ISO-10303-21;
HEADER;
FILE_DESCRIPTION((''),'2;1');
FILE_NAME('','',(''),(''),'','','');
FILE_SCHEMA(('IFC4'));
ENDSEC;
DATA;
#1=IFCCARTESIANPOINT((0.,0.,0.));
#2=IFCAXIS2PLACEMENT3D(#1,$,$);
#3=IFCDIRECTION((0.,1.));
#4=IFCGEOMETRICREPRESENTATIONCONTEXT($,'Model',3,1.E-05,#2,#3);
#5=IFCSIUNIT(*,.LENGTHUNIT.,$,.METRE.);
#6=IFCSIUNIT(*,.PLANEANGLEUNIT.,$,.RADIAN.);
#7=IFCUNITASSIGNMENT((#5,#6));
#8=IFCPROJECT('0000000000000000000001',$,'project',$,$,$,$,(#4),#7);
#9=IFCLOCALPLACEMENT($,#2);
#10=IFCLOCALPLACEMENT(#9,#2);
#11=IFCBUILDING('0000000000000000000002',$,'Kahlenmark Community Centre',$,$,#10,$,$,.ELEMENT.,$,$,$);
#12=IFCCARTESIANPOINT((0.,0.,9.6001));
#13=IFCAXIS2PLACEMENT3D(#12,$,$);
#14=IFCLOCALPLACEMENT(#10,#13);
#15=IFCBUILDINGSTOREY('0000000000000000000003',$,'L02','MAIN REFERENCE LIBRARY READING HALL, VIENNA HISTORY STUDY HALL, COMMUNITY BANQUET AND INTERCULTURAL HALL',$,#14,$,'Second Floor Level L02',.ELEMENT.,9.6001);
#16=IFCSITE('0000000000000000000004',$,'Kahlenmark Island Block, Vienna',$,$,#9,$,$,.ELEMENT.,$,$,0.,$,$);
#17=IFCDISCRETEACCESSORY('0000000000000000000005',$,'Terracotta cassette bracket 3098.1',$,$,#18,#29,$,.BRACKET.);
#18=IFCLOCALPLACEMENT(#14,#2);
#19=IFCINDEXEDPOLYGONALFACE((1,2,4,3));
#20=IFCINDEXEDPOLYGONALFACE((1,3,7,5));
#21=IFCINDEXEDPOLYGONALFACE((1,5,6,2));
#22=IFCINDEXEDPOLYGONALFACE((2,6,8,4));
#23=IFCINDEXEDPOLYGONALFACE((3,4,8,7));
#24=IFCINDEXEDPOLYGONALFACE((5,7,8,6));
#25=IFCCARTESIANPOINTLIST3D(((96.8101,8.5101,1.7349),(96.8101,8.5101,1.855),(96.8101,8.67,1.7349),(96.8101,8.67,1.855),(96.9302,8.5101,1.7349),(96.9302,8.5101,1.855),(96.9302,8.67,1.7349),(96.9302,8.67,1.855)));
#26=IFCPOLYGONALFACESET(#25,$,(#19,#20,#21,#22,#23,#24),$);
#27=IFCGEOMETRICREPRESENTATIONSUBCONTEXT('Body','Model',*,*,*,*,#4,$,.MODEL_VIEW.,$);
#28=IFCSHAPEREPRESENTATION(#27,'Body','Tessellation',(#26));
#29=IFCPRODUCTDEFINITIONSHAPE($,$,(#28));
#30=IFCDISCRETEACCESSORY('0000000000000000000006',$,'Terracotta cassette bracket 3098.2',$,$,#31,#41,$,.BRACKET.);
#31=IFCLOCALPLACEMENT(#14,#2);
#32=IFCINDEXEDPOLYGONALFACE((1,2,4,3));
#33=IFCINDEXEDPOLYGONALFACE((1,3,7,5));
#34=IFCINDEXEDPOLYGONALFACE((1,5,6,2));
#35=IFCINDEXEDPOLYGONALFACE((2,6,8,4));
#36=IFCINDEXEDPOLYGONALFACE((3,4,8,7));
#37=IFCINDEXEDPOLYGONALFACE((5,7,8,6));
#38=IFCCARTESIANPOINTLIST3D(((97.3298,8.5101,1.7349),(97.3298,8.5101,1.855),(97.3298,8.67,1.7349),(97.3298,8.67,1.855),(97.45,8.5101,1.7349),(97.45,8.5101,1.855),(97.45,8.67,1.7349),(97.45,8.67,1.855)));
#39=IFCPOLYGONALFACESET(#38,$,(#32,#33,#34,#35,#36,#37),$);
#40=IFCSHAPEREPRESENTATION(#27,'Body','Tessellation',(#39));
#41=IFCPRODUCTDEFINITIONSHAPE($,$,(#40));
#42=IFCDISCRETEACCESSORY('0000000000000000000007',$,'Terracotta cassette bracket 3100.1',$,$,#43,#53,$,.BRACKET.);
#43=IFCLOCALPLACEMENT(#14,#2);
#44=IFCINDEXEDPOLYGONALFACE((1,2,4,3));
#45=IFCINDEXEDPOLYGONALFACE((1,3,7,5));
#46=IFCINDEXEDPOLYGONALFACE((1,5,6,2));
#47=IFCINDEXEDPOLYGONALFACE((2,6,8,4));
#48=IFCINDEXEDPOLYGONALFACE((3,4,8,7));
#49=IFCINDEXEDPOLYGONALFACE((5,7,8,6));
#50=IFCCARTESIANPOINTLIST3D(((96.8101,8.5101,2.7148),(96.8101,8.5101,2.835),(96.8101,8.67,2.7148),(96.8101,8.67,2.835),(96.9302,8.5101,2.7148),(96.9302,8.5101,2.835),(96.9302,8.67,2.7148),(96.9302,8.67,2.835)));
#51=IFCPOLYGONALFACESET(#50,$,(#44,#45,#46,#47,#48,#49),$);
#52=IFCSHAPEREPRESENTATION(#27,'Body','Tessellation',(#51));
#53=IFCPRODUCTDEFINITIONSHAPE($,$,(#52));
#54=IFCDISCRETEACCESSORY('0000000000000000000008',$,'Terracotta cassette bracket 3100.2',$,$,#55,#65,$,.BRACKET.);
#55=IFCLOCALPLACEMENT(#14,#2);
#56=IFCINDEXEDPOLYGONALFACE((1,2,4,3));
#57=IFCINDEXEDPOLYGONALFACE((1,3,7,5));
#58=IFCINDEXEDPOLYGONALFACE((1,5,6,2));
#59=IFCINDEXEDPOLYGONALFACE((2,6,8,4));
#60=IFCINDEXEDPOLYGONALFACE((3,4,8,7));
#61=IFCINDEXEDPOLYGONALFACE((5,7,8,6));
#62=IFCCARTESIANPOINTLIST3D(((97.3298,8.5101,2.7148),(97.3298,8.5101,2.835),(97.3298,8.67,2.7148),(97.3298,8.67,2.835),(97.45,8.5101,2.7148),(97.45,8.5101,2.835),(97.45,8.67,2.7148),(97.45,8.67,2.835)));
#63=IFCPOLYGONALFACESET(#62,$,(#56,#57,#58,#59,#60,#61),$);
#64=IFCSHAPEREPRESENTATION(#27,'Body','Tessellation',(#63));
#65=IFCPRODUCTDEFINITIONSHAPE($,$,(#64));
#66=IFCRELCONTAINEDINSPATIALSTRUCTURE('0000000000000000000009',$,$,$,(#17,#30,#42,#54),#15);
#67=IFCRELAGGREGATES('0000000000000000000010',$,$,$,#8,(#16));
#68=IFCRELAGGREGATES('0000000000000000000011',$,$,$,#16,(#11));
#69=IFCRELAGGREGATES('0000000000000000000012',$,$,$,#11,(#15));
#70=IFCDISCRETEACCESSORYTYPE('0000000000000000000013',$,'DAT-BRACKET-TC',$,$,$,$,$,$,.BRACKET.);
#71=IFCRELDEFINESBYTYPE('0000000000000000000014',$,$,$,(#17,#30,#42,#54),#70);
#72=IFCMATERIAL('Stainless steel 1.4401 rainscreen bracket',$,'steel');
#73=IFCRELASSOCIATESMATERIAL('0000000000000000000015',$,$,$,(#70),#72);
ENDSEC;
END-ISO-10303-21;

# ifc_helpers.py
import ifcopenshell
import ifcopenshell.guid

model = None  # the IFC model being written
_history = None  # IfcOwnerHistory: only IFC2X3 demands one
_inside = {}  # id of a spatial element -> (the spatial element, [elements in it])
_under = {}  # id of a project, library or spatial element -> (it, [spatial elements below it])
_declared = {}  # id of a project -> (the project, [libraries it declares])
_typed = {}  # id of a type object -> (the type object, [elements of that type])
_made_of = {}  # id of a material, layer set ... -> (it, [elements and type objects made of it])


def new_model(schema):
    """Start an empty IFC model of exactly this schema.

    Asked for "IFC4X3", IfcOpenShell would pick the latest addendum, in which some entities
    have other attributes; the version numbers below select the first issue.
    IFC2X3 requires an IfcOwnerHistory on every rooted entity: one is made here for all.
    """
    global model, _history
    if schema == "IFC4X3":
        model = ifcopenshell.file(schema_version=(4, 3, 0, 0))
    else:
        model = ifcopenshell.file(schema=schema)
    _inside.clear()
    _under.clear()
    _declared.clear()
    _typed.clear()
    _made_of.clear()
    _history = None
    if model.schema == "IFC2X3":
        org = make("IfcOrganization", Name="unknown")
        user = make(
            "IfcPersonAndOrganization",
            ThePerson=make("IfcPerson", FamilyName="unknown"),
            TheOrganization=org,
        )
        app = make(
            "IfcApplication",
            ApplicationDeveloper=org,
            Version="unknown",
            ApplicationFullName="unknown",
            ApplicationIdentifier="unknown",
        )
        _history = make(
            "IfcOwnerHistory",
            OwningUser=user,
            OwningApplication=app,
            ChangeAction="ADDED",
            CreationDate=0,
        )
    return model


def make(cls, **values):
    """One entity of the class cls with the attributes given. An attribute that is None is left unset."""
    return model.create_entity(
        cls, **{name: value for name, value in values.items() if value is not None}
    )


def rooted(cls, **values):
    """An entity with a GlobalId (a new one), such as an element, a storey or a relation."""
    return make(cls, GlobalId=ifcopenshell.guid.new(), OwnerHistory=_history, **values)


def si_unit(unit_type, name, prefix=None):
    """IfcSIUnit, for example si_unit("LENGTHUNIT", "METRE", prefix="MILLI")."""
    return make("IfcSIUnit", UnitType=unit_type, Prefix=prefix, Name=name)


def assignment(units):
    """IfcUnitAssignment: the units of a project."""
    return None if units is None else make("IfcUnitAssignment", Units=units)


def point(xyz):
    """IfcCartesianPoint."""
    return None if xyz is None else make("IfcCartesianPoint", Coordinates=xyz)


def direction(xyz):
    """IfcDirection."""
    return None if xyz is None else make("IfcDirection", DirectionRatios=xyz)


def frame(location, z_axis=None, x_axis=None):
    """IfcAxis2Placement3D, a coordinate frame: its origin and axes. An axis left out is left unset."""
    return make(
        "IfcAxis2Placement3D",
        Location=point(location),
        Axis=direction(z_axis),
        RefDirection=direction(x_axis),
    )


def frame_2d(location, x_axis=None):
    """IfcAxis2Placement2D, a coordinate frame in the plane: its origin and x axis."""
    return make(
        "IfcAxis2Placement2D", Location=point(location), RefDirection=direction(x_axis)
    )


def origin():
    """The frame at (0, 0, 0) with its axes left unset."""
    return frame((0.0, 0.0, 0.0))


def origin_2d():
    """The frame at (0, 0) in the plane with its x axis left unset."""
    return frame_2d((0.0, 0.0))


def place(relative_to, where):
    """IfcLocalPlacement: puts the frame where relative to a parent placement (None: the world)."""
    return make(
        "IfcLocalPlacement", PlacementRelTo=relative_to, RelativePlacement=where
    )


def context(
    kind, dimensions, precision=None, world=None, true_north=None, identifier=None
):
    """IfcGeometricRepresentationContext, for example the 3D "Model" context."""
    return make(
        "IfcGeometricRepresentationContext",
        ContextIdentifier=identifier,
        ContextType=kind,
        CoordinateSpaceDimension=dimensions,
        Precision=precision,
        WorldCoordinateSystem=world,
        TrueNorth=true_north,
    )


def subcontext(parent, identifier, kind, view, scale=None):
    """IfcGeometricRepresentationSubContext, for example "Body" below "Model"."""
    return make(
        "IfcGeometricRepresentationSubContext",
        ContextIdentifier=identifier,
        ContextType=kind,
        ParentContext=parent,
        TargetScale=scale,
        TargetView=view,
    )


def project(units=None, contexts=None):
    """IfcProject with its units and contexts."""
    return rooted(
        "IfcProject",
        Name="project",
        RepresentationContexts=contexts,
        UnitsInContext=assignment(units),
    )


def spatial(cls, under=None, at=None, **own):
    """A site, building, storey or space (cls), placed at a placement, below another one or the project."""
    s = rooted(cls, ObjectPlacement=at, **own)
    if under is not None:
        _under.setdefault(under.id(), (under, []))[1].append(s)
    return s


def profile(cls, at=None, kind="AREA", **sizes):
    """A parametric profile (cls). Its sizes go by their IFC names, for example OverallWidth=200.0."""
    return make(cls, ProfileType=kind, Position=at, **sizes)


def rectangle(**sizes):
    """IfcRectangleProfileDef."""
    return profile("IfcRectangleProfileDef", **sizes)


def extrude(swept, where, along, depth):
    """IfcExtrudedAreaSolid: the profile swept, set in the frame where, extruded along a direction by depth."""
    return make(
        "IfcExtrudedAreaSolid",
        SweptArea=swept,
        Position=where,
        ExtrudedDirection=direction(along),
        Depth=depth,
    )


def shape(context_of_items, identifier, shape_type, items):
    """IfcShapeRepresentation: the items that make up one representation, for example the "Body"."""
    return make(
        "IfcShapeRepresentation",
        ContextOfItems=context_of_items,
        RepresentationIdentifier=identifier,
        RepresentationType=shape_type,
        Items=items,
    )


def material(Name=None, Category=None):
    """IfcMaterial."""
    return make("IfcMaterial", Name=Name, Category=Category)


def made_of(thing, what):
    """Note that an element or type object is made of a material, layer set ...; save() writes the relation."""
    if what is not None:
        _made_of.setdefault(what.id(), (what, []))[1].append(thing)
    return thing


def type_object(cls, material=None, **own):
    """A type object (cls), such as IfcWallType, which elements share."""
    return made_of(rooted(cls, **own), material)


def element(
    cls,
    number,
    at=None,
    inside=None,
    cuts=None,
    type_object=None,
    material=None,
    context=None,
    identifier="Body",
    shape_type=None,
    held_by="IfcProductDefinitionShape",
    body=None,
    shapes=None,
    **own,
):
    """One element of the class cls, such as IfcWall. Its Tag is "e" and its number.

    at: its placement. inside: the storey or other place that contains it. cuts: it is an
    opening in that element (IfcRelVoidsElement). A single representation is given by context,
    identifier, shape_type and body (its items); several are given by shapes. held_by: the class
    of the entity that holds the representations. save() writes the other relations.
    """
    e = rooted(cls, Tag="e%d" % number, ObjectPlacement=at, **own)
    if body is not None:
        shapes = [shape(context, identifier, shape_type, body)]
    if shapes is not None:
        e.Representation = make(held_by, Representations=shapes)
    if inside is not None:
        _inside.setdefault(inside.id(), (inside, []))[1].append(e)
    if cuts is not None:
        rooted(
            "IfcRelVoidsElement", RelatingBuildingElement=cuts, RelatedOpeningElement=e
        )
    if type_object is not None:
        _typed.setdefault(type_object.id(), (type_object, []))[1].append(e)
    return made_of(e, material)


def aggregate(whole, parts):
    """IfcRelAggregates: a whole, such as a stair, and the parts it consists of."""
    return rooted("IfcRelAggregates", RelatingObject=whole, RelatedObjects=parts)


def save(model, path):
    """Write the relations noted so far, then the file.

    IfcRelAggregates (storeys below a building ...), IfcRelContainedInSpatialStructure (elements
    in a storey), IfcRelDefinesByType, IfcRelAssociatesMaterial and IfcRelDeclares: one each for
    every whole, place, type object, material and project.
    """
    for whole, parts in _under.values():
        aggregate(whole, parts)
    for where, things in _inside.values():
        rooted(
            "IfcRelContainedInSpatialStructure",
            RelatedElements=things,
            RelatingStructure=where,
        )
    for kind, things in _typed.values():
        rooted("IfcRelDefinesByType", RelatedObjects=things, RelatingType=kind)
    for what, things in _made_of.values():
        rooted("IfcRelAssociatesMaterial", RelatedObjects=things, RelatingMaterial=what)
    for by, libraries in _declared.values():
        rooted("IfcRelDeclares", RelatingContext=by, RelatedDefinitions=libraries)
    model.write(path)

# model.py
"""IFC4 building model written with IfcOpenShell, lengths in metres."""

from ifc_helpers import new_model, si_unit, direction, frame, origin, origin_2d, place, context, subcontext, project, spatial, rectangle, extrude, material, type_object, element, save


model = new_model("IFC4")

# Units and contexts
model_context = context("Model", 3, precision=1e-05, world=origin(), true_north=direction((0.0, 1.0)))
body_context = subcontext(model_context, "Body", "Model", "MODEL_VIEW")
ifc_project = project(units=[si_unit("LENGTHUNIT", "METRE"), si_unit("PLANEANGLEUNIT", "RADIAN")], contexts=[model_context])

# Site, building, storey
site_placement = place(None, origin())
site = spatial("IfcSite", under=ifc_project, at=site_placement, Name="Kahlenmark Island Block, Vienna", CompositionType="ELEMENT", RefElevation=0.0)
building_placement = place(site_placement, origin())
building = spatial("IfcBuilding", under=site, at=building_placement, Name="Kahlenmark Community Centre", CompositionType="ELEMENT")
storey_placement = place(building_placement, frame((0.0, 0.0, 9.6001)))
storey = spatial("IfcBuildingStorey", under=building, at=storey_placement, Name="L02", Description="MAIN REFERENCE LIBRARY READING HALL, VIENNA HISTORY STUDY HALL, COMMUNITY BANQUET AND INTERCULTURAL HALL", LongName="Second Floor Level L02", CompositionType="ELEMENT", Elevation=9.6001)

# Discrete accessories
ifc_material_1 = material(Name="Stainless steel 1.4401 rainscreen bracket", Category="steel")
discrete_accessory_type = type_object("IfcDiscreteAccessoryType", Name="DAT-BRACKET-TC", PredefinedType="BRACKET", material=ifc_material_1)
for number, where, z_axis, x_axis, name in (
    (1, (96.8701, 8.5901, 1.7349), (0.0, 0.0, 1.0), (1.0, 0.0, 0.0), "Terracotta cassette bracket 3098.1"),
    (2, (97.3899, 8.5901, 1.7349), (0.0, 0.0, 1.0), (1.0, 0.0, 0.0), "Terracotta cassette bracket 3098.2"),
    (3, (96.8701, 8.5901, 2.7148), (0.0, 0.0, 1.0), (1.0, 0.0, 0.0), "Terracotta cassette bracket 3100.1"),
    (4, (97.3899, 8.5901, 2.7148), (0.0, 0.0, 1.0), (1.0, 0.0, 0.0), "Terracotta cassette bracket 3100.2"),
):
    element("IfcDiscreteAccessory", number, at=place(storey_placement, frame(where, z_axis=z_axis, x_axis=x_axis)), inside=storey, type_object=discrete_accessory_type, Name=name, PredefinedType="BRACKET", context=body_context, shape_type="SweptSolid", body=[
        extrude(rectangle(XDim=0.1201, YDim=0.1599, at=origin_2d()), origin(), (0.0, 0.0, 1.0), 0.1201),
    ])

save(model, "model.ifc")
